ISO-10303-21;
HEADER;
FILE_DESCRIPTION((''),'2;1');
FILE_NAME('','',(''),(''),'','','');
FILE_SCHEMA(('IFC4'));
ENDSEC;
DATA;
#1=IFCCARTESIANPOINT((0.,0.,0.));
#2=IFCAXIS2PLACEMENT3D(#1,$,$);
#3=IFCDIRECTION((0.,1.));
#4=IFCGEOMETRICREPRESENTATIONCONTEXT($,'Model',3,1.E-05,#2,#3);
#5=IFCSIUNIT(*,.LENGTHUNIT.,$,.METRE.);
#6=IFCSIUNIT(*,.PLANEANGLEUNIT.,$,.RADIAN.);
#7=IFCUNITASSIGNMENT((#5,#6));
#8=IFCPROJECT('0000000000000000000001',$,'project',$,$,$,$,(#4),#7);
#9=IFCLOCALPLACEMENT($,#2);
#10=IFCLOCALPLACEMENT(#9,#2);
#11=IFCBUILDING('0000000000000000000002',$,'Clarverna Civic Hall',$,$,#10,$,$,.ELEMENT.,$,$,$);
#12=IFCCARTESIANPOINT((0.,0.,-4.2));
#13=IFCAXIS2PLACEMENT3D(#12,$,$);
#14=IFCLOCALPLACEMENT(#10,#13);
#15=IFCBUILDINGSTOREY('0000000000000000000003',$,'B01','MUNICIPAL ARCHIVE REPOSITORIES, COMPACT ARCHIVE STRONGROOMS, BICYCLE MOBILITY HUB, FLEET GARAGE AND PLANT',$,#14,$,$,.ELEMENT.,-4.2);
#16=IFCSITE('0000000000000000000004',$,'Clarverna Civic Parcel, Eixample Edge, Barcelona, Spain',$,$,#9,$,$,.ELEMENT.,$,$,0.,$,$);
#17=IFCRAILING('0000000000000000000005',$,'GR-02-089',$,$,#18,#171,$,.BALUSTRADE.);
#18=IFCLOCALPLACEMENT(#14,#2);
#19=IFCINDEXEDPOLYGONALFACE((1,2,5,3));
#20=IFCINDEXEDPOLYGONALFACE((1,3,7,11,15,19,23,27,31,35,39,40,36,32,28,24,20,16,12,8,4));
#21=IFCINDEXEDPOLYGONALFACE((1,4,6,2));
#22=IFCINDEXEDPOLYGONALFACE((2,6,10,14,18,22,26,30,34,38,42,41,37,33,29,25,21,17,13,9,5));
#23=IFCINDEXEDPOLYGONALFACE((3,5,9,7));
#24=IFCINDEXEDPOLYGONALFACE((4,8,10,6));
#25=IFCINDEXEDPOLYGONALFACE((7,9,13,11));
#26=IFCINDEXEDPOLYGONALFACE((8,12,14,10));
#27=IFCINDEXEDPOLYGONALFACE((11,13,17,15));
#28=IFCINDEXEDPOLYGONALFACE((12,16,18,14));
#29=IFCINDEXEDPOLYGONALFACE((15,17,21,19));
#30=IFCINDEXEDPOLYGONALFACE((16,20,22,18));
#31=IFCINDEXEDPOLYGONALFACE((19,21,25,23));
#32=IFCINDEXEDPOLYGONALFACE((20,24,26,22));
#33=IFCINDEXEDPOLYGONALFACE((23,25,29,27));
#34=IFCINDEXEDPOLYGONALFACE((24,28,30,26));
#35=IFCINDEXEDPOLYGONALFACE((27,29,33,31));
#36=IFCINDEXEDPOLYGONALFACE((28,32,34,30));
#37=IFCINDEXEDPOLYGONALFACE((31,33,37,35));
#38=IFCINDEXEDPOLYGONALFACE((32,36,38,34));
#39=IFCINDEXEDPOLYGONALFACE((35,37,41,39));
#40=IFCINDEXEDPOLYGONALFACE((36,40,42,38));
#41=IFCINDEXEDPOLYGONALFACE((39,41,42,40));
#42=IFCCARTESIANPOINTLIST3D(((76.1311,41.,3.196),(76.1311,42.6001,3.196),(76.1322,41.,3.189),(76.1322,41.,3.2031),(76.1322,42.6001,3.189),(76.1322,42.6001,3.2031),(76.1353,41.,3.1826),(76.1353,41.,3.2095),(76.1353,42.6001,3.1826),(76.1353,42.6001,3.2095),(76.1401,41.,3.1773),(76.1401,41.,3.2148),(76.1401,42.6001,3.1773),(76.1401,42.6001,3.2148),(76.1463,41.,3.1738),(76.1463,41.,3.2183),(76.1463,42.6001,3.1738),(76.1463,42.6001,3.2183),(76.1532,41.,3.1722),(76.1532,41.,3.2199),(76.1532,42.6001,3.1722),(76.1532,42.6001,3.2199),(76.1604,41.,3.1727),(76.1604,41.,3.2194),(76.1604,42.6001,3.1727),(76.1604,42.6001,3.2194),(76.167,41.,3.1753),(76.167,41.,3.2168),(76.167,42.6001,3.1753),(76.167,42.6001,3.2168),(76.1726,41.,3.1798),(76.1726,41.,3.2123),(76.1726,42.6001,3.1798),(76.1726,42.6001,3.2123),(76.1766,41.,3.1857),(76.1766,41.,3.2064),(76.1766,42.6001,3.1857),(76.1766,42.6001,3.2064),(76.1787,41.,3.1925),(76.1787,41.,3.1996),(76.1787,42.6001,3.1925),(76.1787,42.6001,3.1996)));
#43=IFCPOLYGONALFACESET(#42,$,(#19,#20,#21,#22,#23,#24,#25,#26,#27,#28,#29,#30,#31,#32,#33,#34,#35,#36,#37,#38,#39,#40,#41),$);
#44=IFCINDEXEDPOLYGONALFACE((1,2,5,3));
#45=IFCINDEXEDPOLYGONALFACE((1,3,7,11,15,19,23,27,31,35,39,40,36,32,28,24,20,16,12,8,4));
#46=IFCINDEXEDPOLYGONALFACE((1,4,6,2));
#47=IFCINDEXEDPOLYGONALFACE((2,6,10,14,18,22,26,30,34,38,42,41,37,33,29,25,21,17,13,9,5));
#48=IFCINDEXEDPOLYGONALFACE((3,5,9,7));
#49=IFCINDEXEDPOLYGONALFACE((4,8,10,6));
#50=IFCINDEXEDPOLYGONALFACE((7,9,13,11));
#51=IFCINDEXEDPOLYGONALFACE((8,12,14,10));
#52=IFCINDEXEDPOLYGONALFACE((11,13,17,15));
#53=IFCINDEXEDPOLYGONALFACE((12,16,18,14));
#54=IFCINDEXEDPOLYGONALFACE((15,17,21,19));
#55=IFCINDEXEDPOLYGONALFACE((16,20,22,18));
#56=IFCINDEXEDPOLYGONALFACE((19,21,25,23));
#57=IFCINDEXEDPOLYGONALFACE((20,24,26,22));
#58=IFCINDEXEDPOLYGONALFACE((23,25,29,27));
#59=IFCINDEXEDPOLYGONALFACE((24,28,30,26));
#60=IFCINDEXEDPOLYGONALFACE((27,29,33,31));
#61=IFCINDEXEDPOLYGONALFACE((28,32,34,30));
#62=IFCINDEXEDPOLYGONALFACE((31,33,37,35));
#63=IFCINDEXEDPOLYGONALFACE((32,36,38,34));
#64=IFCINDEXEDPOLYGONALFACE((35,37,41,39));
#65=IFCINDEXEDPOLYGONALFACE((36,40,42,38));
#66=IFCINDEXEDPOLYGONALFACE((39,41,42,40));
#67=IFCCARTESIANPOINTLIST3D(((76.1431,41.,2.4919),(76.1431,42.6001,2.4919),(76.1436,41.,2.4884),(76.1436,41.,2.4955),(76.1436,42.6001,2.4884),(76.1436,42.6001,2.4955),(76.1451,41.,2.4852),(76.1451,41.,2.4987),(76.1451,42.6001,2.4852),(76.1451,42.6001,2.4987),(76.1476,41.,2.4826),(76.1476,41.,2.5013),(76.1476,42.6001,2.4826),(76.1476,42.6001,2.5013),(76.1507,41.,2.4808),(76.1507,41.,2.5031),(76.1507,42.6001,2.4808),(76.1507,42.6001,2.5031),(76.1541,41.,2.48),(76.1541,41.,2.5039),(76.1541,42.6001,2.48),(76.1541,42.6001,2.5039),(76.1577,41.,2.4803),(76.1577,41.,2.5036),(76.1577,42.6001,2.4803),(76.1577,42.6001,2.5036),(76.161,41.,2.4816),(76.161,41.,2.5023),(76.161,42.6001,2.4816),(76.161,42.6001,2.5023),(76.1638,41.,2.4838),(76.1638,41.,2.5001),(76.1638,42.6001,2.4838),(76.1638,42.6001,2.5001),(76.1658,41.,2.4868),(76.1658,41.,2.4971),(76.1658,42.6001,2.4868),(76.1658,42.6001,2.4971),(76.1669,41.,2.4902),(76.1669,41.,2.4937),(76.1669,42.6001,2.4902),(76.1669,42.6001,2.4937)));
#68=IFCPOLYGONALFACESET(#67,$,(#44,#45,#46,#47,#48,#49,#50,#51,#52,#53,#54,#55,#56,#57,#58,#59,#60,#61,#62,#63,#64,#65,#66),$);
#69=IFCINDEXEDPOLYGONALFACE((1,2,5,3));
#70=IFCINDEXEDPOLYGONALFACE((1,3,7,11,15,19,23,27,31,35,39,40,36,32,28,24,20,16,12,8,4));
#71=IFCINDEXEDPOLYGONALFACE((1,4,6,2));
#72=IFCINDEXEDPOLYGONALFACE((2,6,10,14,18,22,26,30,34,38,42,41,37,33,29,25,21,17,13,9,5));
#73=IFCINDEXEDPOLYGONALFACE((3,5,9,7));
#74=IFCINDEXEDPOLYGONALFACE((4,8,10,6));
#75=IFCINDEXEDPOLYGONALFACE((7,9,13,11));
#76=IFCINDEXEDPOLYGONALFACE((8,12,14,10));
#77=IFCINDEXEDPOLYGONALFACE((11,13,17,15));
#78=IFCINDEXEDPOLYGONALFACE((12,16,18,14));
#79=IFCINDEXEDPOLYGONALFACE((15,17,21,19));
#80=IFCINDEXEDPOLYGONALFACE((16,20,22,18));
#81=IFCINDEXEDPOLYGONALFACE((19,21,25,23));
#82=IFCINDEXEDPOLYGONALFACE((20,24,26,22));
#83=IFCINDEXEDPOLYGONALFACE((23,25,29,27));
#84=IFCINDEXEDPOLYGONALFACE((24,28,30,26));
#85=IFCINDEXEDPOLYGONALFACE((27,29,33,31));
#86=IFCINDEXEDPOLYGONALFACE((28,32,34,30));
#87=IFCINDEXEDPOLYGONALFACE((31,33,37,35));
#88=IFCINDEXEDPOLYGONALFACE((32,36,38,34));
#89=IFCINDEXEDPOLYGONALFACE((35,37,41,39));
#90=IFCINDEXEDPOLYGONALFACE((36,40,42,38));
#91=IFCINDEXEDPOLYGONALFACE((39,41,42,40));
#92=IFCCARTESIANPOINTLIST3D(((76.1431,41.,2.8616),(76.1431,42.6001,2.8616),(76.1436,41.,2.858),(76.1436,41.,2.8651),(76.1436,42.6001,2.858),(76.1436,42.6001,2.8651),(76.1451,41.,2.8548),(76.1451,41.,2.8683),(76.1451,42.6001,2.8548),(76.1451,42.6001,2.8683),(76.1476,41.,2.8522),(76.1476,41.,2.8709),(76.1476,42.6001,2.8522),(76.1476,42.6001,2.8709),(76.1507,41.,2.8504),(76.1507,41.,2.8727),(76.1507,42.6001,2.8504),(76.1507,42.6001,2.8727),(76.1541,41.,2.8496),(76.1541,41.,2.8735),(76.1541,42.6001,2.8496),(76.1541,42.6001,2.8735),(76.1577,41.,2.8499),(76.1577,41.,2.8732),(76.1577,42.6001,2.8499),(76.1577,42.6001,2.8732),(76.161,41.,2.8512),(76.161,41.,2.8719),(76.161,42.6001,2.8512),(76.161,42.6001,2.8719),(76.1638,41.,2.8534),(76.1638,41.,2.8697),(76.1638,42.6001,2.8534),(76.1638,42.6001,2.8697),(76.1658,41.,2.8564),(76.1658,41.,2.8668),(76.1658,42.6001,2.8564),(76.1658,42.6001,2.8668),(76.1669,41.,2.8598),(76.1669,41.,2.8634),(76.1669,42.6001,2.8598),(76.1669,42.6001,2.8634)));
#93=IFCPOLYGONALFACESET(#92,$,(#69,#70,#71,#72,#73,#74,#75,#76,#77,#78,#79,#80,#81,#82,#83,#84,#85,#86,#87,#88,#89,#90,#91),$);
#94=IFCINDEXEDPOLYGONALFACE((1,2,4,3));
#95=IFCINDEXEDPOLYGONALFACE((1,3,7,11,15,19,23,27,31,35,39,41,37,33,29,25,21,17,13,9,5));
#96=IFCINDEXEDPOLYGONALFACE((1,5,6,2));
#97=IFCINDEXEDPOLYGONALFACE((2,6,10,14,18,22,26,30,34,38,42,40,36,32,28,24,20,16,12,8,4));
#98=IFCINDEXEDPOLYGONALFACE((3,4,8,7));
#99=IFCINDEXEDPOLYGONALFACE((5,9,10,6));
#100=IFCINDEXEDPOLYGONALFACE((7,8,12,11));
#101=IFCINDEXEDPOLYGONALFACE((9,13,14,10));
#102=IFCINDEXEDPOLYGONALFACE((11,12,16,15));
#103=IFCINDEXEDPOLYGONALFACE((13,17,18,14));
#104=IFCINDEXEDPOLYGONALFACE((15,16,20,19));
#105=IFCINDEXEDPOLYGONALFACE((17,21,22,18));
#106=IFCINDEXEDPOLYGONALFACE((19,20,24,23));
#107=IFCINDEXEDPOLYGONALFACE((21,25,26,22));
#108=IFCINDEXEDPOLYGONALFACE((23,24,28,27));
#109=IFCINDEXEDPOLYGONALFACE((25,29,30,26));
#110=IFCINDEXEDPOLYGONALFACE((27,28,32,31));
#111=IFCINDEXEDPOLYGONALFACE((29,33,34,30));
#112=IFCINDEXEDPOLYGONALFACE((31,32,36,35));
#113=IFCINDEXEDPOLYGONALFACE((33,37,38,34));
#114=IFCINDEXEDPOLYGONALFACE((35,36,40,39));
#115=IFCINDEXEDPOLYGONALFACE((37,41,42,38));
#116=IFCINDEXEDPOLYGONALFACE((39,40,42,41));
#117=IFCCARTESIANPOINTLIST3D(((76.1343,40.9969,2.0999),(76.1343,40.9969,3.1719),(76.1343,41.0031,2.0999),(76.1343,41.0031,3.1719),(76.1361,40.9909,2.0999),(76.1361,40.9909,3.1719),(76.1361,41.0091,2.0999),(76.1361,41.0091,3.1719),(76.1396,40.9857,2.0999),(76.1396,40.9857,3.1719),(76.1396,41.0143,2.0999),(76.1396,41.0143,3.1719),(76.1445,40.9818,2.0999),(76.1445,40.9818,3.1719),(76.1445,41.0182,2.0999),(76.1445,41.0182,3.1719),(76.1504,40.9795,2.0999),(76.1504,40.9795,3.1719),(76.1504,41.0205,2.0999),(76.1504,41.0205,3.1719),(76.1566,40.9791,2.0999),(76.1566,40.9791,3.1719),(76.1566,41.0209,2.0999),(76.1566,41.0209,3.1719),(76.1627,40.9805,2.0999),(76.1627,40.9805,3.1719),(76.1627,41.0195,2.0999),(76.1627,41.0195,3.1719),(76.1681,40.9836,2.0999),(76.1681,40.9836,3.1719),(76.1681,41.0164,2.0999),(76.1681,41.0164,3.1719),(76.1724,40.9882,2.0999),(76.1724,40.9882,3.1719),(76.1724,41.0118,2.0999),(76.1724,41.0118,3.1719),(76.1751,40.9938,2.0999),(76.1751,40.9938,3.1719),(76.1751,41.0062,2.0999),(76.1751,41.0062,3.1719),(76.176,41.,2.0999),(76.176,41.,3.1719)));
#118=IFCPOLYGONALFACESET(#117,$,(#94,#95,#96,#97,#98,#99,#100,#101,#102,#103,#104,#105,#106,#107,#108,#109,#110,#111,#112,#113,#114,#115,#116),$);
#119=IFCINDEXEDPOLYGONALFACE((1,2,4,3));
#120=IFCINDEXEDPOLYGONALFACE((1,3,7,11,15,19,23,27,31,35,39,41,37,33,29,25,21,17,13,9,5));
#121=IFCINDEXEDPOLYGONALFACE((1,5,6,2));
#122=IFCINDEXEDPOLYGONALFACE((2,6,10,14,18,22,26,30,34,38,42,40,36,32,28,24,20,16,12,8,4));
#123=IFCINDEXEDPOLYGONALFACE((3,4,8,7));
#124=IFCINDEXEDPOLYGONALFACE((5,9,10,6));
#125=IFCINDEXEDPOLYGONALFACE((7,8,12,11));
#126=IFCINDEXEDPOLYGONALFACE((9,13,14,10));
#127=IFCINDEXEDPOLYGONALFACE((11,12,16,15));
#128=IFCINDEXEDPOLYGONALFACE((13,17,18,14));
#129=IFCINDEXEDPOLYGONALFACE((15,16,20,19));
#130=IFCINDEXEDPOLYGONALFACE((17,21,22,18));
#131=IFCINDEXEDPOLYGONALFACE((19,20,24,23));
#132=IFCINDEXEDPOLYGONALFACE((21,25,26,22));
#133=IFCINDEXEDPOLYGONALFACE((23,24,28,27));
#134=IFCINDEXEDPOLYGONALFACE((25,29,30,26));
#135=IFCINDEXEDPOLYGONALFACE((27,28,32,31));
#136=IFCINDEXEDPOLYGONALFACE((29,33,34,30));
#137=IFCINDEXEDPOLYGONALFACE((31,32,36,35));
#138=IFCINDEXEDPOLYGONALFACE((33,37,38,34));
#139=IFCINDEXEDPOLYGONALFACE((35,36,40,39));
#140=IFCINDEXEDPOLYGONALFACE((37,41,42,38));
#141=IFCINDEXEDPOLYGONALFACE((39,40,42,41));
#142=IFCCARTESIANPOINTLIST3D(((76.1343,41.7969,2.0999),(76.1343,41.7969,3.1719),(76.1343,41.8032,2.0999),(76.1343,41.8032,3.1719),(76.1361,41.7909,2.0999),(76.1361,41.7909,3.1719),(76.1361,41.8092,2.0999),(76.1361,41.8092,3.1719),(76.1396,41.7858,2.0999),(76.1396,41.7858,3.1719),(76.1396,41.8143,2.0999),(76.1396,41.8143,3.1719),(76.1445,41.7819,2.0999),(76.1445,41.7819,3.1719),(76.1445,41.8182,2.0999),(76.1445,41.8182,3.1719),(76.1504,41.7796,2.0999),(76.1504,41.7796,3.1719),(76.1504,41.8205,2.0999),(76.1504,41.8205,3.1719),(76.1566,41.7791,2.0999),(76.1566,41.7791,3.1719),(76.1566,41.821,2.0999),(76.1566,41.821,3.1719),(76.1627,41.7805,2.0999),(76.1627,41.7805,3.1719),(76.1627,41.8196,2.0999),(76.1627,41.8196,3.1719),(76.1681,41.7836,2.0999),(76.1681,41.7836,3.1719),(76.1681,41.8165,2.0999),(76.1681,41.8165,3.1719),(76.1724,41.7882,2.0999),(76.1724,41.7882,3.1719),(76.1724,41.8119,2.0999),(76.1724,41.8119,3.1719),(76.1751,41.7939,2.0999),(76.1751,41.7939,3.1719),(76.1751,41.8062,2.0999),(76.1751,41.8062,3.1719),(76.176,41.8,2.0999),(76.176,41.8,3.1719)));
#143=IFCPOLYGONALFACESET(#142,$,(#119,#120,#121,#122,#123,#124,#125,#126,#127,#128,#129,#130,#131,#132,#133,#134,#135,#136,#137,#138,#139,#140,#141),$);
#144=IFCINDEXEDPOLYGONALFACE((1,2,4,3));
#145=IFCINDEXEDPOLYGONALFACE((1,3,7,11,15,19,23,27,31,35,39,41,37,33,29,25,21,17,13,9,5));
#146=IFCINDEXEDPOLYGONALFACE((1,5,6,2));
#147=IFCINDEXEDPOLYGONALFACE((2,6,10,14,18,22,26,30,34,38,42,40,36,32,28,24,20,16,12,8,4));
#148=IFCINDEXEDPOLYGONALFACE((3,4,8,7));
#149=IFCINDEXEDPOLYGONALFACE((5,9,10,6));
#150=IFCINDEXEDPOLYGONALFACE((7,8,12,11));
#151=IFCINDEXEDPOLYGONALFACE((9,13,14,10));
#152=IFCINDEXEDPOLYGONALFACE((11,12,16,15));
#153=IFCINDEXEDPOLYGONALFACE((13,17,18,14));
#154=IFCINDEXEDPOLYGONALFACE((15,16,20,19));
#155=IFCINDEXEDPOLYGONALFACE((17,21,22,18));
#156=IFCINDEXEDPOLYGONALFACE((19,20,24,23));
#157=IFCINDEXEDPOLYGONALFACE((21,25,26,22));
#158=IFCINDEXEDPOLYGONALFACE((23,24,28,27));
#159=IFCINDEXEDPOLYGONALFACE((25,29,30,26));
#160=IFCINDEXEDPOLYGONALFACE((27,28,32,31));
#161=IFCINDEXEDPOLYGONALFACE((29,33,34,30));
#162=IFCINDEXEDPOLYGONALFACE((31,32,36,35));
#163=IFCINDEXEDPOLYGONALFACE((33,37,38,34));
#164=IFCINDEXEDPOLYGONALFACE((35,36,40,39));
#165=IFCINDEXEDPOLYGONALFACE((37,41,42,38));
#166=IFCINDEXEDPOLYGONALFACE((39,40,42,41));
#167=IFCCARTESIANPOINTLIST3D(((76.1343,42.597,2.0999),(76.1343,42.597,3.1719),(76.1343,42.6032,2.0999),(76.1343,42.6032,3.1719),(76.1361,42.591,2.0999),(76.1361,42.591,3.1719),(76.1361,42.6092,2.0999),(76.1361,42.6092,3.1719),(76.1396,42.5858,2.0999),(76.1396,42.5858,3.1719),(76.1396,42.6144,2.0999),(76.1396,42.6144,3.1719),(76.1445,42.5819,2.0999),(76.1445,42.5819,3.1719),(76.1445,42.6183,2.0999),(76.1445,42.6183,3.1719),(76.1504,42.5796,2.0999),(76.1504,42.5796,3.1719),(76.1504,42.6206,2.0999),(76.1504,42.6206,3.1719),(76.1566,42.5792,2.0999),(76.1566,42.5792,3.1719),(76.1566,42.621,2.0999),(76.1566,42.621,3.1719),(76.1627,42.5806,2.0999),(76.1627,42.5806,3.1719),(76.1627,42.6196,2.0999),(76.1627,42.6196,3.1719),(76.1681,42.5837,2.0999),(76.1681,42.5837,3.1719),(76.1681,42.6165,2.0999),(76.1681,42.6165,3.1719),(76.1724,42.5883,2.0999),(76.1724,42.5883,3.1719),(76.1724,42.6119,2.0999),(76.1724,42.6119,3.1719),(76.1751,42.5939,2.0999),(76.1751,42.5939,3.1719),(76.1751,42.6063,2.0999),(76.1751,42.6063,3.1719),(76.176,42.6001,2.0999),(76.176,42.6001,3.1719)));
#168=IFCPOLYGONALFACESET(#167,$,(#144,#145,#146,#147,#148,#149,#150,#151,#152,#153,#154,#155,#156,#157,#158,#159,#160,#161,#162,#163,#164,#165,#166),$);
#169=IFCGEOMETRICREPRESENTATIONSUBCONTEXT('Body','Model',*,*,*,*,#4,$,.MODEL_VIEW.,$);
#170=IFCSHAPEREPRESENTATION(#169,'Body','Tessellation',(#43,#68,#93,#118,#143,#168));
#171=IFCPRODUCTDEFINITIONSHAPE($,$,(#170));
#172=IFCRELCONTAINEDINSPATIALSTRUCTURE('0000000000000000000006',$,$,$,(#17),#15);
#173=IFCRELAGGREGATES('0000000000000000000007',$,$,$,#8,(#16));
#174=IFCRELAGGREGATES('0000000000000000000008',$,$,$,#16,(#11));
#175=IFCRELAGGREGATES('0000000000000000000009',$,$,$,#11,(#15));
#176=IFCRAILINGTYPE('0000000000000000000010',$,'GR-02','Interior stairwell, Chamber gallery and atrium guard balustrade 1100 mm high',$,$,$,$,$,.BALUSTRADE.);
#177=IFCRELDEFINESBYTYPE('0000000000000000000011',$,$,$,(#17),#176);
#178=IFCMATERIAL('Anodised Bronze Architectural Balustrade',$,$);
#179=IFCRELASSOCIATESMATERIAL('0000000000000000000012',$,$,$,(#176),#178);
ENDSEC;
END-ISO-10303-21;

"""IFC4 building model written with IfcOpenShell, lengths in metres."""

from ifc_helpers import new_model, si_unit, direction, frame, origin, origin_2d, place, context, subcontext, project, spatial, circle, extrude, material, type_object, element, save


model = new_model("IFC4")

# Units and contexts
model_context = context("Model", 3, precision=1e-05, world=origin(), true_north=direction((0.0, 1.0)))
body_context = subcontext(model_context, "Body", "Model", "MODEL_VIEW")
ifc_project = project(units=[si_unit("LENGTHUNIT", "METRE"), si_unit("PLANEANGLEUNIT", "RADIAN")], contexts=[model_context])

# Site, building, storey
site_placement = place(None, origin())
site = spatial("IfcSite", under=ifc_project, at=site_placement, Name="Clarverna Civic Parcel, Eixample Edge, Barcelona, Spain", CompositionType="ELEMENT", RefElevation=0.0)
building_placement = place(site_placement, origin())
building = spatial("IfcBuilding", under=site, at=building_placement, Name="Clarverna Civic Hall", CompositionType="ELEMENT")
storey_placement = place(building_placement, frame((0.0, 0.0, -4.2)))
storey = spatial("IfcBuildingStorey", under=building, at=storey_placement, Name="B01", Description="MUNICIPAL ARCHIVE REPOSITORIES, COMPACT ARCHIVE STRONGROOMS, BICYCLE MOBILITY HUB, FLEET GARAGE AND PLANT", CompositionType="ELEMENT", Elevation=-4.2)

# Railing
ifc_material_1 = material(Name="Anodised Bronze Architectural Balustrade")
railing_type_1 = type_object("IfcRailingType", Name="GR-02", Description="Interior stairwell, Chamber gallery and atrium guard balustrade 1100 mm high", PredefinedType="BALUSTRADE", material=ifc_material_1)
railing_1_placement = place(storey_placement, frame((76.155, 41.0, 2.0999)))
element("IfcRailing", 1, at=railing_1_placement, inside=storey, type_object=railing_type_1, Name="GR-02-089", PredefinedType="BALUSTRADE", context=body_context, shape_type="SweptSolid", body=[
    extrude(circle(Radius=0.0239, at=origin_2d()), frame((0.0, 0.0, 1.0962), z_axis=(0.0, 1.0, 0.0), x_axis=(-1.0, 0.0, 0.0)), (0.0, 0.0, 1.0), 1.6001),
    extrude(circle(Radius=0.012, at=origin_2d()), frame((0.0, 0.0, 0.3921), z_axis=(0.0, 1.0, 0.0), x_axis=(-1.0, 0.0, 0.0)), (0.0, 0.0, 1.0), 1.6001),
    extrude(circle(Radius=0.012, at=origin_2d()), frame((0.0, 0.0, 0.7617), z_axis=(0.0, 1.0, 0.0), x_axis=(-1.0, 0.0, 0.0)), (0.0, 0.0, 1.0), 1.6001),
    extrude(circle(Radius=0.021, at=origin_2d()), origin(), (0.0, 0.0, 1.0), 1.072),
    extrude(circle(Radius=0.021, at=origin_2d()), frame((0.0, 0.8, 0.0)), (0.0, 0.0, 1.0), 1.072),
    extrude(circle(Radius=0.021, at=origin_2d()), frame((0.0, 1.6001, 0.0)), (0.0, 0.0, 1.0), 1.072),
])

save(model, "model.ifc")
